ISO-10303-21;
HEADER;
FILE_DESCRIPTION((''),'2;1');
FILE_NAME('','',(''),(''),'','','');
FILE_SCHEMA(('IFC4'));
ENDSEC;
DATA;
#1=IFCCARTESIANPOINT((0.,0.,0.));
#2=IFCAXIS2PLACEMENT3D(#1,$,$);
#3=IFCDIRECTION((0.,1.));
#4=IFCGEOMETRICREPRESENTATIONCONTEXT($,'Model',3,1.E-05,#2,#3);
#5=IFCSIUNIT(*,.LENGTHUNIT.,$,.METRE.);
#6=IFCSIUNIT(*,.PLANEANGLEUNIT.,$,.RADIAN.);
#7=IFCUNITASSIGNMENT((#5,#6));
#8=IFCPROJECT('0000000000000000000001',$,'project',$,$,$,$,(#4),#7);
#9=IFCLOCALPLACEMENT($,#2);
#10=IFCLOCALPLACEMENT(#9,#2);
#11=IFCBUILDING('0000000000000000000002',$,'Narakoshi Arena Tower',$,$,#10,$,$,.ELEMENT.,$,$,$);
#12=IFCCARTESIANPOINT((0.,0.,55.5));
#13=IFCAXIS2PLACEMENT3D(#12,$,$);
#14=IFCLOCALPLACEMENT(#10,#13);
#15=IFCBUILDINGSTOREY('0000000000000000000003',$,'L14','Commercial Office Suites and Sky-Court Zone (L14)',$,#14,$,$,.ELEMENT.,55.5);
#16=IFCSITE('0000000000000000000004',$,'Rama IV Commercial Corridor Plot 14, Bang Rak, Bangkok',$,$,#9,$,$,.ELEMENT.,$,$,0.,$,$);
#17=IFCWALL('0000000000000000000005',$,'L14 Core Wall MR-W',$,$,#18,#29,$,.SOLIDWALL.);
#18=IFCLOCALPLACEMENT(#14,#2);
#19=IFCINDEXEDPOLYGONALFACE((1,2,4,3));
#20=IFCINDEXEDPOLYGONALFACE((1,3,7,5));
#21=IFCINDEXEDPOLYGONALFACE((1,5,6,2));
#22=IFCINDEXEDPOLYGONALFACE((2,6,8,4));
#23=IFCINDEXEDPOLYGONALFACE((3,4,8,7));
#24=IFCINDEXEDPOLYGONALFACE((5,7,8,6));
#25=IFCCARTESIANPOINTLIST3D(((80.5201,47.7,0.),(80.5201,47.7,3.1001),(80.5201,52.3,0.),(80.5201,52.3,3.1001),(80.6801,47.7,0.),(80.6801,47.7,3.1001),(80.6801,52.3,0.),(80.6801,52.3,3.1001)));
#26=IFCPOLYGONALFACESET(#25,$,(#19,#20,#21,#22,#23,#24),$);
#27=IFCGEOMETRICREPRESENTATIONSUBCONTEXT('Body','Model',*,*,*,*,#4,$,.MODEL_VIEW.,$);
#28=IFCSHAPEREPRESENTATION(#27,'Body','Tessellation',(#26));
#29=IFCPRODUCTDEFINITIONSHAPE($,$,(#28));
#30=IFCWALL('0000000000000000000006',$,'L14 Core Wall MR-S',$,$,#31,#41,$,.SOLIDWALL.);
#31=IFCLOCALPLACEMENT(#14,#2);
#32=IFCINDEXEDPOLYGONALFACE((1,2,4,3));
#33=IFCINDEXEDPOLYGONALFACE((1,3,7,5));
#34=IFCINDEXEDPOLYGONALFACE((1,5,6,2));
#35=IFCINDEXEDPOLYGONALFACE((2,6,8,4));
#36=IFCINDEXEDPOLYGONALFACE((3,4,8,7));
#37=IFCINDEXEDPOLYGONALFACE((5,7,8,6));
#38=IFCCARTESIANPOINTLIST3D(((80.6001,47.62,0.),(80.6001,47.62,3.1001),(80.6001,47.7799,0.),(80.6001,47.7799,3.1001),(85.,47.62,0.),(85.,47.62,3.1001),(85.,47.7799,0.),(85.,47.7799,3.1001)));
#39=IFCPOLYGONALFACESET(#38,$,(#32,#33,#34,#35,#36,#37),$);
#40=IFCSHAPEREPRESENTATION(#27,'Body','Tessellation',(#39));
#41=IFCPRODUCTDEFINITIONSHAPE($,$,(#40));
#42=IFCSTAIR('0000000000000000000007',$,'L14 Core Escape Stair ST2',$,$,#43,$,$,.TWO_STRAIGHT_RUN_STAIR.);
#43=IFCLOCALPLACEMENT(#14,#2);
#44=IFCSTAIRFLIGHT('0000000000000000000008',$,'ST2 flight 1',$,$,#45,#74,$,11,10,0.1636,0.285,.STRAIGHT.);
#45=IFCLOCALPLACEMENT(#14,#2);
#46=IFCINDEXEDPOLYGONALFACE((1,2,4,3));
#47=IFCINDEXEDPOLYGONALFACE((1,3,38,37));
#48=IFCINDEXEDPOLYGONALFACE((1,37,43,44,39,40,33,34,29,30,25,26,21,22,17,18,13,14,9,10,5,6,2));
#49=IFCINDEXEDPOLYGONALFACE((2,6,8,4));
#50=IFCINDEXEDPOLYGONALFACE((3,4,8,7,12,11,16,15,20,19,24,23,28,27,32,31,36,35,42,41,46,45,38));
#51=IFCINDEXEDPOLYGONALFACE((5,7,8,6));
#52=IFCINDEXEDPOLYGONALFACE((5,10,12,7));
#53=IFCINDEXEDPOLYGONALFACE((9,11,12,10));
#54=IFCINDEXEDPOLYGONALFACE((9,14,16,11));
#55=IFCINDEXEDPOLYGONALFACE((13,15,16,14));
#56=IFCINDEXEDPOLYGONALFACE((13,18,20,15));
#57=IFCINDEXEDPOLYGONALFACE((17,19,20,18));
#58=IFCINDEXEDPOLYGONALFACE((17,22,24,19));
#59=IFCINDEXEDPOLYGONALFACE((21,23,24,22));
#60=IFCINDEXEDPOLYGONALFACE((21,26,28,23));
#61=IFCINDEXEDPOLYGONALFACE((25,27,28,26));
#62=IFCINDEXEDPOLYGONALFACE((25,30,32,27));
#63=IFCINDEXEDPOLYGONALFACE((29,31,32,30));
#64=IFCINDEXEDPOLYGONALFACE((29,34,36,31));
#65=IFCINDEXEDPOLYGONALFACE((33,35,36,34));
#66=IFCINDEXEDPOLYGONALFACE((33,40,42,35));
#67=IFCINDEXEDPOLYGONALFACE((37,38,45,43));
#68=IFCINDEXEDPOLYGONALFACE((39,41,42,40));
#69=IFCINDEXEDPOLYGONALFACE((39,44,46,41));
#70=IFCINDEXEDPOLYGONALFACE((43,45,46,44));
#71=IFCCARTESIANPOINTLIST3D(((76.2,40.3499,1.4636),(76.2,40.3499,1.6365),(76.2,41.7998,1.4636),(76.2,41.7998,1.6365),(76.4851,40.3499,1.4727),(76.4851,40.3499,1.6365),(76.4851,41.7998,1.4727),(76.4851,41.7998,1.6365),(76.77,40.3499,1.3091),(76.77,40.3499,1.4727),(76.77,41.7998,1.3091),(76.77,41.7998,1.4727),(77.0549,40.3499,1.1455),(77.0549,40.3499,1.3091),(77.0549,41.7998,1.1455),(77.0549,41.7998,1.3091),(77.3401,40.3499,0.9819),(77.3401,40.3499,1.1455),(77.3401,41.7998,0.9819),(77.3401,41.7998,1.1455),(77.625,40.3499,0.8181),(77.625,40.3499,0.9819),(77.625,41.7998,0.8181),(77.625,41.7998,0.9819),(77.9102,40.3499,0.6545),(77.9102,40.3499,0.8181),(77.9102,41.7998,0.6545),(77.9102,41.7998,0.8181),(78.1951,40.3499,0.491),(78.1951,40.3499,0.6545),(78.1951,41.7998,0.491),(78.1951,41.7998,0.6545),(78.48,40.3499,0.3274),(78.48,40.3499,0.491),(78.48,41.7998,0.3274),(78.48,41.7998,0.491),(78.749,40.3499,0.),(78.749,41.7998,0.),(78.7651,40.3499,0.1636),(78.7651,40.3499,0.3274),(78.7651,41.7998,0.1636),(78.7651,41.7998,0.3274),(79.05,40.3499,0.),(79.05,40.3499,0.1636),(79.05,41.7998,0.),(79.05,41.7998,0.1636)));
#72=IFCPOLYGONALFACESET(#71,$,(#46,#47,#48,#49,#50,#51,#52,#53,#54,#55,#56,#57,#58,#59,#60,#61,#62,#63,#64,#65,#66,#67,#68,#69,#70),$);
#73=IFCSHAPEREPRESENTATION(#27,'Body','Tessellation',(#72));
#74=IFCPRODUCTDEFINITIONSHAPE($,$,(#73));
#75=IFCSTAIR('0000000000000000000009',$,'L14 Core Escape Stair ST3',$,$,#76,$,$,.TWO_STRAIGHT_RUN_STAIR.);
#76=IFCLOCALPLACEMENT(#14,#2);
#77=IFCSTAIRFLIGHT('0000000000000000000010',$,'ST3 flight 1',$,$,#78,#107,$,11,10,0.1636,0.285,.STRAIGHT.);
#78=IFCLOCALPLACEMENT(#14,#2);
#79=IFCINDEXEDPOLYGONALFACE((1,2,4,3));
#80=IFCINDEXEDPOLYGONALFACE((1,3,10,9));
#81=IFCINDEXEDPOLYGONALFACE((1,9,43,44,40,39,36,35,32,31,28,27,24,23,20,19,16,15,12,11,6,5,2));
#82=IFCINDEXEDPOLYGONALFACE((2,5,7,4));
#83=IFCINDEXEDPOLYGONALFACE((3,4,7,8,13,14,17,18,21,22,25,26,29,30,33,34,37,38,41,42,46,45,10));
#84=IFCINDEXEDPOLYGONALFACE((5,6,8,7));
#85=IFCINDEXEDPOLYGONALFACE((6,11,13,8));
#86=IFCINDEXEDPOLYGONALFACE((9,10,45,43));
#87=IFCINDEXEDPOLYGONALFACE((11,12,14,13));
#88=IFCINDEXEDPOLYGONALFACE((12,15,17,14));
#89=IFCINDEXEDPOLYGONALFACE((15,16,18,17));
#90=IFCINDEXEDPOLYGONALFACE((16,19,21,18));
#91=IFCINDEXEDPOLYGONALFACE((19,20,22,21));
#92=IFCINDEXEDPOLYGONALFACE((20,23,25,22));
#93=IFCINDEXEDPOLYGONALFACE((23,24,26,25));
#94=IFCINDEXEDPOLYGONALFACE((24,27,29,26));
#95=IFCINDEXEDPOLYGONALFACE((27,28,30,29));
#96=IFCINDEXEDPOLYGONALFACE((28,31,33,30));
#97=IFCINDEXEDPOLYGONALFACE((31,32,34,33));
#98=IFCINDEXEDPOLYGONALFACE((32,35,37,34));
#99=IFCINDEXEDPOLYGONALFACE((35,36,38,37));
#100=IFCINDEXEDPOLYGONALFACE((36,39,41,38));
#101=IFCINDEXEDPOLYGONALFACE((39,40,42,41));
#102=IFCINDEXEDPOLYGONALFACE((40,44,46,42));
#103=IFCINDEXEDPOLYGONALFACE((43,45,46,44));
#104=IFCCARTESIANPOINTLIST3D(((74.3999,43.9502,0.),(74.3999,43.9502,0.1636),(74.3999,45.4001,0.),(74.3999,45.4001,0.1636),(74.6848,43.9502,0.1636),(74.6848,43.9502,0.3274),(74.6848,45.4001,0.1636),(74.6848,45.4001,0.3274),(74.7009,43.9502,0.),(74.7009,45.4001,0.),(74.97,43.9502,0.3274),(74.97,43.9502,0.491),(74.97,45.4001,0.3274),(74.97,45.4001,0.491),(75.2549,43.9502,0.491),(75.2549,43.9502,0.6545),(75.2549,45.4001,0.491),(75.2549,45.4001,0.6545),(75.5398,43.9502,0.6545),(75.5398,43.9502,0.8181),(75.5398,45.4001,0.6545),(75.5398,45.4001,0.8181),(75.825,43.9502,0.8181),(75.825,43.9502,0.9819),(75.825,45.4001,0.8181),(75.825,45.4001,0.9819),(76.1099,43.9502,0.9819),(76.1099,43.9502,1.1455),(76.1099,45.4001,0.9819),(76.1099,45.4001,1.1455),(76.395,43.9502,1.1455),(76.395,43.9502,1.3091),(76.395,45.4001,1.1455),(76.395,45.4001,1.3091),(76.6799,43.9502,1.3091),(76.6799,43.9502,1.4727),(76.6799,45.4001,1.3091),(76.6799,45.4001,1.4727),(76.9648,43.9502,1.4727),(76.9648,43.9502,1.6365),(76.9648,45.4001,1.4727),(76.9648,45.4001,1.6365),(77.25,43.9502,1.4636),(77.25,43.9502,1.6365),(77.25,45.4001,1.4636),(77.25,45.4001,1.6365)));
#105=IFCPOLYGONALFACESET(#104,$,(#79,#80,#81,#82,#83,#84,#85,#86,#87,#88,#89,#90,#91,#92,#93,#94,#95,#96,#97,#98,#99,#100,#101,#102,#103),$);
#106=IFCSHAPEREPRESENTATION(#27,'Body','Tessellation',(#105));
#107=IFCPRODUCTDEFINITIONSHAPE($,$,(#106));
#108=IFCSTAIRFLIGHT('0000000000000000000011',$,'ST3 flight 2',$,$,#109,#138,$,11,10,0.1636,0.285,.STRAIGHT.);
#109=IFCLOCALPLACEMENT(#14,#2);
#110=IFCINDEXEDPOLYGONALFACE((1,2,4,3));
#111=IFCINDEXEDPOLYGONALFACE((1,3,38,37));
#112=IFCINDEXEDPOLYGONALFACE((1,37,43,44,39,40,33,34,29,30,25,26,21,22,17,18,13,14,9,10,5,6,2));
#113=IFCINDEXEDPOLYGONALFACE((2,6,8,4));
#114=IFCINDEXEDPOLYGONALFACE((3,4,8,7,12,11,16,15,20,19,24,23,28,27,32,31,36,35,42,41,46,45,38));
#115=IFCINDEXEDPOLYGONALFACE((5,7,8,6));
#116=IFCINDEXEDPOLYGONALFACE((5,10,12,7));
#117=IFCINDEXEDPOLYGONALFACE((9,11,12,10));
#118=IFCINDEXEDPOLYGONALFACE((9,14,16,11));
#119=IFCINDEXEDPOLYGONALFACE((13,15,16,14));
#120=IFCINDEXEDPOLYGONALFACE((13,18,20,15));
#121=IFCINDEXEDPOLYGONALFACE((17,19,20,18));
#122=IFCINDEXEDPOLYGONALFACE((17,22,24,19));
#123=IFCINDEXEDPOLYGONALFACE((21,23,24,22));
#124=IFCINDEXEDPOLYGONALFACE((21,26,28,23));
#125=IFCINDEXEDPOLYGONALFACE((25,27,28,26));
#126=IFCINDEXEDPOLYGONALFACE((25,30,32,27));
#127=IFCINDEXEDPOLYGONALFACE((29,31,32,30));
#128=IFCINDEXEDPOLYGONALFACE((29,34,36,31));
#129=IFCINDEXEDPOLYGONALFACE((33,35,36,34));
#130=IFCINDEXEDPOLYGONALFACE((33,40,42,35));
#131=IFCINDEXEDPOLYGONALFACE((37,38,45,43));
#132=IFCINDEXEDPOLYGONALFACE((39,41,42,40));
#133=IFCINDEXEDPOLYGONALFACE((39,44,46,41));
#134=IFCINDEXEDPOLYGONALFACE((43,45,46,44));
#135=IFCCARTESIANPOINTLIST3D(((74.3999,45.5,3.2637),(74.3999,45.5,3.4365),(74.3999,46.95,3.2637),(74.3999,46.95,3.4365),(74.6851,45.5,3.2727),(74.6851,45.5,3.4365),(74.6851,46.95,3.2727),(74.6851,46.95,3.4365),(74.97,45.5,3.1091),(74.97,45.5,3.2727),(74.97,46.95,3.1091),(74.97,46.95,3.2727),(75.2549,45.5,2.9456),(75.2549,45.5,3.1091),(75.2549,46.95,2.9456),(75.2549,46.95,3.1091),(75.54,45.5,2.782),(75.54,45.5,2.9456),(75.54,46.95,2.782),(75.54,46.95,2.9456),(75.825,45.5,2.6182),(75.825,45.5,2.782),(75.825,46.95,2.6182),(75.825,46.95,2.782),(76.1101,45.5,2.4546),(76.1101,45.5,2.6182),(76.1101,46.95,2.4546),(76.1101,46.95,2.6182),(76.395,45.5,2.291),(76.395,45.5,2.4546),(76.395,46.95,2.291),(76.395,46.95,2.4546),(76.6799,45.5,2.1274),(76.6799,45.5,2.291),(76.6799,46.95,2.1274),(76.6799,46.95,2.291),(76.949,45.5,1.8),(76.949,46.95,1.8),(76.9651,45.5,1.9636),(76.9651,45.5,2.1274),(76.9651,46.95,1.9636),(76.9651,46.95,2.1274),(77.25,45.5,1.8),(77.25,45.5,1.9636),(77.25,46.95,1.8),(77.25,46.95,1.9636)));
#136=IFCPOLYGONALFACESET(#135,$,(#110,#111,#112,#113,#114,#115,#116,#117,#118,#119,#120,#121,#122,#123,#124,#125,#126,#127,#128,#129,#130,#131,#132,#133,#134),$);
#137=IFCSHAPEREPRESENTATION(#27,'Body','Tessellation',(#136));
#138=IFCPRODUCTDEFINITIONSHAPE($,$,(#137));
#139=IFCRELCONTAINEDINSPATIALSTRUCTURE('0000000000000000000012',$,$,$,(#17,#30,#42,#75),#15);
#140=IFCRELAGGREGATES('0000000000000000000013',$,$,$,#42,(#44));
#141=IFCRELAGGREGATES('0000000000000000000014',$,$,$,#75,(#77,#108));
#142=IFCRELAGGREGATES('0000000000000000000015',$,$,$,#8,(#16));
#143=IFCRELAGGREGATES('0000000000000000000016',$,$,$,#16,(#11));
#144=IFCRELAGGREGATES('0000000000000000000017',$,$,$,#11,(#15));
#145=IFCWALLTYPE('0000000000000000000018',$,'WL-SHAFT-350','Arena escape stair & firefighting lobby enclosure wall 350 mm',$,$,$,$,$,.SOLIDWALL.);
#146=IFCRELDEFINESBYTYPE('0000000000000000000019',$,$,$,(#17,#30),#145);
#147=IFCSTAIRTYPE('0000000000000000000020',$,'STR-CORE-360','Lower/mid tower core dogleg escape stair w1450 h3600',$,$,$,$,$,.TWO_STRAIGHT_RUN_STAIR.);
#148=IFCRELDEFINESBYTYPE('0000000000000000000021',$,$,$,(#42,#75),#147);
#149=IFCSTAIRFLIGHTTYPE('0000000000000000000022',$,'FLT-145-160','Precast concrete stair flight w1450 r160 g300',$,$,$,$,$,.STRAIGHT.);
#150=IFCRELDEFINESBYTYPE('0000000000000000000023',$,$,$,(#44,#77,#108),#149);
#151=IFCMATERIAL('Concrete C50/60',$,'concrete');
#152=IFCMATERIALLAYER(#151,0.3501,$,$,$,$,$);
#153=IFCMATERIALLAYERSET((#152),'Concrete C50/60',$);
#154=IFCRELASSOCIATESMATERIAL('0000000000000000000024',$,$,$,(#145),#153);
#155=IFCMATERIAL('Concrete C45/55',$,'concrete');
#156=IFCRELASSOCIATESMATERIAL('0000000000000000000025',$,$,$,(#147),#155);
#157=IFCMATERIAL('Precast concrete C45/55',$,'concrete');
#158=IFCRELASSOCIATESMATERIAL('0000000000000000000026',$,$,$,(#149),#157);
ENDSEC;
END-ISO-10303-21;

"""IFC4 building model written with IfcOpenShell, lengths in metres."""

from ifc_helpers import new_model, si_unit, direction, frame, frame_2d, origin, place, context, subcontext, project, spatial, polyline, rectangle, outline, extrude, material, layer, layer_set, type_object, element, aggregate, save


model = new_model("IFC4")

# Units and contexts
model_context = context("Model", 3, precision=1e-05, world=origin(), true_north=direction((0.0, 1.0)))
body_context = subcontext(model_context, "Body", "Model", "MODEL_VIEW")
ifc_project = project(units=[si_unit("LENGTHUNIT", "METRE"), si_unit("PLANEANGLEUNIT", "RADIAN")], contexts=[model_context])

# Site, building, storey
site_placement = place(None, origin())
site = spatial("IfcSite", under=ifc_project, at=site_placement, Name="Rama IV Commercial Corridor Plot 14, Bang Rak, Bangkok", CompositionType="ELEMENT", RefElevation=0.0)
building_placement = place(site_placement, origin())
building = spatial("IfcBuilding", under=site, at=building_placement, Name="Narakoshi Arena Tower", CompositionType="ELEMENT")
storey_placement = place(building_placement, frame((0.0, 0.0, 55.5)))
storey = spatial("IfcBuildingStorey", under=building, at=storey_placement, Name="L14", Description="Commercial Office Suites and Sky-Court Zone (L14)", CompositionType="ELEMENT", Elevation=55.5)

# Shared definitions
ifc_material_1 = material(Name="Concrete C50/60", Category="concrete")
ifc_layer_1 = layer(ifc_material_1, 0.3501)
ifc_layer_set_1 = layer_set([ifc_layer_1], Name="Concrete C50/60")
wall_type_1 = type_object("IfcWallType", Name="WL-SHAFT-350", Description="Arena escape stair & firefighting lobby enclosure wall 350 mm", PredefinedType="SOLIDWALL", material=ifc_layer_set_1)

# Walls
wall_1_placement = place(storey_placement, frame((80.6001, 47.7, 0.0), z_axis=(0.0, 0.0, 1.0), x_axis=(0.0, 1.0, 0.0)))
element("IfcWall", 1, at=wall_1_placement, inside=storey, type_object=wall_type_1, Name="L14 Core Wall MR-W", PredefinedType="SOLIDWALL", context=body_context, shape_type="SweptSolid", body=[
    extrude(rectangle(XDim=4.6001, YDim=0.1599, at=frame_2d((2.3, 0.0))), origin(), (0.0, 0.0, 1.0), 3.1001),
])
wall_2_placement = place(storey_placement, frame((80.6001, 47.7, 0.0), z_axis=(0.0, 0.0, 1.0), x_axis=(1.0, 0.0, 0.0)))
element("IfcWall", 2, at=wall_2_placement, inside=storey, type_object=wall_type_1, Name="L14 Core Wall MR-S", PredefinedType="SOLIDWALL", context=body_context, shape_type="SweptSolid", body=[
    extrude(rectangle(XDim=4.3999, YDim=0.1599, at=frame_2d((2.2, 0.0))), origin(), (0.0, 0.0, 1.0), 3.1001),
])

# Stair, stair flight
ifc_material_2 = material(Name="Concrete C45/55", Category="concrete")
stair_type = type_object("IfcStairType", Name="STR-CORE-360", Description="Lower/mid tower core dogleg escape stair w1450 h3600", PredefinedType="TWO_STRAIGHT_RUN_STAIR", material=ifc_material_2)
stair_1_placement = place(storey_placement, origin())
stair_1 = element("IfcStair", 3, at=stair_1_placement, inside=storey, type_object=stair_type, Name="L14 Core Escape Stair ST2", PredefinedType="TWO_STRAIGHT_RUN_STAIR")
ifc_material_3 = material(Name="Precast concrete C45/55", Category="concrete")
stair_flight_type = type_object("IfcStairFlightType", Name="FLT-145-160", Description="Precast concrete stair flight w1450 r160 g300", PredefinedType="STRAIGHT", material=ifc_material_3)
stair_flight_1_placement = place(storey_placement, frame((79.05, 41.075, 0.0), z_axis=(0.0, 0.0, 1.0), x_axis=(-1.0, 0.0, 0.0)))
stair_flight_1 = element("IfcStairFlight", 4, at=stair_flight_1_placement, type_object=stair_flight_type, Name="ST2 flight 1", NumberOfRisers=11, NumberOfTreads=10, PredefinedType="STRAIGHT", RiserHeight=0.1636, TreadLength=0.285, context=body_context, shape_type="SweptSolid", body=[
    extrude(outline(polyline([(0.0, 0.0), (0.0, 0.1636), (0.2849, 0.1636), (0.2849, 0.3274), (0.5701, 0.3274), (0.5701, 0.491), (0.855, 0.491), (0.855, 0.6545), (1.1399, 0.6545), (1.1399, 0.8181), (1.425, 0.8181), (1.425, 0.9819), (1.71, 0.9819), (1.71, 1.1455), (1.9951, 1.1455), (1.9951, 1.3091), (2.28, 1.3091), (2.28, 1.4727), (2.5649, 1.4727), (2.5649, 1.6365), (2.8501, 1.6365), (2.8501, 1.8), (2.8501, 1.4636), (0.301, 0.0), (0.0, 0.0)])), frame((0.0, 0.7251, 0.0), z_axis=(0.0, -1.0, 0.0), x_axis=(1.0, 0.0, 0.0)), (0.0, 0.0, 1.0), 1.45),
])
aggregate(stair_1, [stair_flight_1])

# Stair, stair flights
stair_2_placement = place(storey_placement, origin())
stair_2 = element("IfcStair", 5, at=stair_2_placement, inside=storey, type_object=stair_type, Name="L14 Core Escape Stair ST3", PredefinedType="TWO_STRAIGHT_RUN_STAIR")
stair_flight_2_placement = place(storey_placement, frame((74.3999, 44.675, 0.0), z_axis=(0.0, 0.0, 1.0), x_axis=(1.0, 0.0, 0.0)))
stair_flight_2 = element("IfcStairFlight", 6, at=stair_flight_2_placement, type_object=stair_flight_type, Name="ST3 flight 1", NumberOfRisers=11, NumberOfTreads=10, PredefinedType="STRAIGHT", RiserHeight=0.1636, TreadLength=0.285, context=body_context, shape_type="SweptSolid", body=[
    extrude(outline(polyline([(0.0, 0.0), (0.0, 0.1636), (0.2849, 0.1636), (0.2849, 0.3274), (0.5701, 0.3274), (0.5701, 0.491), (0.855, 0.491), (0.855, 0.6545), (1.1399, 0.6545), (1.1399, 0.8181), (1.425, 0.8181), (1.425, 0.9819), (1.71, 0.9819), (1.71, 1.1455), (1.9951, 1.1455), (1.9951, 1.3091), (2.28, 1.3091), (2.28, 1.4727), (2.5649, 1.4727), (2.5649, 1.6365), (2.8501, 1.6365), (2.8501, 1.8), (2.8501, 1.4636), (0.301, 0.0), (0.0, 0.0)])), frame((0.0, 0.7251, 0.0), z_axis=(0.0, -1.0, 0.0), x_axis=(1.0, 0.0, 0.0)), (0.0, 0.0, 1.0), 1.45),
])
stair_flight_3_placement = place(storey_placement, frame((77.25, 46.2251, 1.8), z_axis=(0.0, 0.0, 1.0), x_axis=(-1.0, 0.0, 0.0)))
stair_flight_3 = element("IfcStairFlight", 7, at=stair_flight_3_placement, type_object=stair_flight_type, Name="ST3 flight 2", NumberOfRisers=11, NumberOfTreads=10, PredefinedType="STRAIGHT", RiserHeight=0.1636, TreadLength=0.285, context=body_context, shape_type="SweptSolid", body=[
    extrude(outline(polyline([(0.0, 0.0), (0.0, 0.1636), (0.2849, 0.1636), (0.2849, 0.3274), (0.5701, 0.3274), (0.5701, 0.491), (0.855, 0.491), (0.855, 0.6545), (1.1399, 0.6545), (1.1399, 0.8181), (1.425, 0.8181), (1.425, 0.9819), (1.71, 0.9819), (1.71, 1.1455), (1.9951, 1.1455), (1.9951, 1.3091), (2.28, 1.3091), (2.28, 1.4727), (2.5649, 1.4727), (2.5649, 1.6365), (2.8501, 1.6365), (2.8501, 1.8), (2.8501, 1.4636), (0.301, 0.0), (0.0, 0.0)])), frame((0.0, 0.7251, 0.0), z_axis=(0.0, -1.0, 0.0), x_axis=(1.0, 0.0, 0.0)), (0.0, 0.0, 1.0), 1.45),
])
aggregate(stair_2, [stair_flight_2, stair_flight_3])

save(model, "model.ifc")
